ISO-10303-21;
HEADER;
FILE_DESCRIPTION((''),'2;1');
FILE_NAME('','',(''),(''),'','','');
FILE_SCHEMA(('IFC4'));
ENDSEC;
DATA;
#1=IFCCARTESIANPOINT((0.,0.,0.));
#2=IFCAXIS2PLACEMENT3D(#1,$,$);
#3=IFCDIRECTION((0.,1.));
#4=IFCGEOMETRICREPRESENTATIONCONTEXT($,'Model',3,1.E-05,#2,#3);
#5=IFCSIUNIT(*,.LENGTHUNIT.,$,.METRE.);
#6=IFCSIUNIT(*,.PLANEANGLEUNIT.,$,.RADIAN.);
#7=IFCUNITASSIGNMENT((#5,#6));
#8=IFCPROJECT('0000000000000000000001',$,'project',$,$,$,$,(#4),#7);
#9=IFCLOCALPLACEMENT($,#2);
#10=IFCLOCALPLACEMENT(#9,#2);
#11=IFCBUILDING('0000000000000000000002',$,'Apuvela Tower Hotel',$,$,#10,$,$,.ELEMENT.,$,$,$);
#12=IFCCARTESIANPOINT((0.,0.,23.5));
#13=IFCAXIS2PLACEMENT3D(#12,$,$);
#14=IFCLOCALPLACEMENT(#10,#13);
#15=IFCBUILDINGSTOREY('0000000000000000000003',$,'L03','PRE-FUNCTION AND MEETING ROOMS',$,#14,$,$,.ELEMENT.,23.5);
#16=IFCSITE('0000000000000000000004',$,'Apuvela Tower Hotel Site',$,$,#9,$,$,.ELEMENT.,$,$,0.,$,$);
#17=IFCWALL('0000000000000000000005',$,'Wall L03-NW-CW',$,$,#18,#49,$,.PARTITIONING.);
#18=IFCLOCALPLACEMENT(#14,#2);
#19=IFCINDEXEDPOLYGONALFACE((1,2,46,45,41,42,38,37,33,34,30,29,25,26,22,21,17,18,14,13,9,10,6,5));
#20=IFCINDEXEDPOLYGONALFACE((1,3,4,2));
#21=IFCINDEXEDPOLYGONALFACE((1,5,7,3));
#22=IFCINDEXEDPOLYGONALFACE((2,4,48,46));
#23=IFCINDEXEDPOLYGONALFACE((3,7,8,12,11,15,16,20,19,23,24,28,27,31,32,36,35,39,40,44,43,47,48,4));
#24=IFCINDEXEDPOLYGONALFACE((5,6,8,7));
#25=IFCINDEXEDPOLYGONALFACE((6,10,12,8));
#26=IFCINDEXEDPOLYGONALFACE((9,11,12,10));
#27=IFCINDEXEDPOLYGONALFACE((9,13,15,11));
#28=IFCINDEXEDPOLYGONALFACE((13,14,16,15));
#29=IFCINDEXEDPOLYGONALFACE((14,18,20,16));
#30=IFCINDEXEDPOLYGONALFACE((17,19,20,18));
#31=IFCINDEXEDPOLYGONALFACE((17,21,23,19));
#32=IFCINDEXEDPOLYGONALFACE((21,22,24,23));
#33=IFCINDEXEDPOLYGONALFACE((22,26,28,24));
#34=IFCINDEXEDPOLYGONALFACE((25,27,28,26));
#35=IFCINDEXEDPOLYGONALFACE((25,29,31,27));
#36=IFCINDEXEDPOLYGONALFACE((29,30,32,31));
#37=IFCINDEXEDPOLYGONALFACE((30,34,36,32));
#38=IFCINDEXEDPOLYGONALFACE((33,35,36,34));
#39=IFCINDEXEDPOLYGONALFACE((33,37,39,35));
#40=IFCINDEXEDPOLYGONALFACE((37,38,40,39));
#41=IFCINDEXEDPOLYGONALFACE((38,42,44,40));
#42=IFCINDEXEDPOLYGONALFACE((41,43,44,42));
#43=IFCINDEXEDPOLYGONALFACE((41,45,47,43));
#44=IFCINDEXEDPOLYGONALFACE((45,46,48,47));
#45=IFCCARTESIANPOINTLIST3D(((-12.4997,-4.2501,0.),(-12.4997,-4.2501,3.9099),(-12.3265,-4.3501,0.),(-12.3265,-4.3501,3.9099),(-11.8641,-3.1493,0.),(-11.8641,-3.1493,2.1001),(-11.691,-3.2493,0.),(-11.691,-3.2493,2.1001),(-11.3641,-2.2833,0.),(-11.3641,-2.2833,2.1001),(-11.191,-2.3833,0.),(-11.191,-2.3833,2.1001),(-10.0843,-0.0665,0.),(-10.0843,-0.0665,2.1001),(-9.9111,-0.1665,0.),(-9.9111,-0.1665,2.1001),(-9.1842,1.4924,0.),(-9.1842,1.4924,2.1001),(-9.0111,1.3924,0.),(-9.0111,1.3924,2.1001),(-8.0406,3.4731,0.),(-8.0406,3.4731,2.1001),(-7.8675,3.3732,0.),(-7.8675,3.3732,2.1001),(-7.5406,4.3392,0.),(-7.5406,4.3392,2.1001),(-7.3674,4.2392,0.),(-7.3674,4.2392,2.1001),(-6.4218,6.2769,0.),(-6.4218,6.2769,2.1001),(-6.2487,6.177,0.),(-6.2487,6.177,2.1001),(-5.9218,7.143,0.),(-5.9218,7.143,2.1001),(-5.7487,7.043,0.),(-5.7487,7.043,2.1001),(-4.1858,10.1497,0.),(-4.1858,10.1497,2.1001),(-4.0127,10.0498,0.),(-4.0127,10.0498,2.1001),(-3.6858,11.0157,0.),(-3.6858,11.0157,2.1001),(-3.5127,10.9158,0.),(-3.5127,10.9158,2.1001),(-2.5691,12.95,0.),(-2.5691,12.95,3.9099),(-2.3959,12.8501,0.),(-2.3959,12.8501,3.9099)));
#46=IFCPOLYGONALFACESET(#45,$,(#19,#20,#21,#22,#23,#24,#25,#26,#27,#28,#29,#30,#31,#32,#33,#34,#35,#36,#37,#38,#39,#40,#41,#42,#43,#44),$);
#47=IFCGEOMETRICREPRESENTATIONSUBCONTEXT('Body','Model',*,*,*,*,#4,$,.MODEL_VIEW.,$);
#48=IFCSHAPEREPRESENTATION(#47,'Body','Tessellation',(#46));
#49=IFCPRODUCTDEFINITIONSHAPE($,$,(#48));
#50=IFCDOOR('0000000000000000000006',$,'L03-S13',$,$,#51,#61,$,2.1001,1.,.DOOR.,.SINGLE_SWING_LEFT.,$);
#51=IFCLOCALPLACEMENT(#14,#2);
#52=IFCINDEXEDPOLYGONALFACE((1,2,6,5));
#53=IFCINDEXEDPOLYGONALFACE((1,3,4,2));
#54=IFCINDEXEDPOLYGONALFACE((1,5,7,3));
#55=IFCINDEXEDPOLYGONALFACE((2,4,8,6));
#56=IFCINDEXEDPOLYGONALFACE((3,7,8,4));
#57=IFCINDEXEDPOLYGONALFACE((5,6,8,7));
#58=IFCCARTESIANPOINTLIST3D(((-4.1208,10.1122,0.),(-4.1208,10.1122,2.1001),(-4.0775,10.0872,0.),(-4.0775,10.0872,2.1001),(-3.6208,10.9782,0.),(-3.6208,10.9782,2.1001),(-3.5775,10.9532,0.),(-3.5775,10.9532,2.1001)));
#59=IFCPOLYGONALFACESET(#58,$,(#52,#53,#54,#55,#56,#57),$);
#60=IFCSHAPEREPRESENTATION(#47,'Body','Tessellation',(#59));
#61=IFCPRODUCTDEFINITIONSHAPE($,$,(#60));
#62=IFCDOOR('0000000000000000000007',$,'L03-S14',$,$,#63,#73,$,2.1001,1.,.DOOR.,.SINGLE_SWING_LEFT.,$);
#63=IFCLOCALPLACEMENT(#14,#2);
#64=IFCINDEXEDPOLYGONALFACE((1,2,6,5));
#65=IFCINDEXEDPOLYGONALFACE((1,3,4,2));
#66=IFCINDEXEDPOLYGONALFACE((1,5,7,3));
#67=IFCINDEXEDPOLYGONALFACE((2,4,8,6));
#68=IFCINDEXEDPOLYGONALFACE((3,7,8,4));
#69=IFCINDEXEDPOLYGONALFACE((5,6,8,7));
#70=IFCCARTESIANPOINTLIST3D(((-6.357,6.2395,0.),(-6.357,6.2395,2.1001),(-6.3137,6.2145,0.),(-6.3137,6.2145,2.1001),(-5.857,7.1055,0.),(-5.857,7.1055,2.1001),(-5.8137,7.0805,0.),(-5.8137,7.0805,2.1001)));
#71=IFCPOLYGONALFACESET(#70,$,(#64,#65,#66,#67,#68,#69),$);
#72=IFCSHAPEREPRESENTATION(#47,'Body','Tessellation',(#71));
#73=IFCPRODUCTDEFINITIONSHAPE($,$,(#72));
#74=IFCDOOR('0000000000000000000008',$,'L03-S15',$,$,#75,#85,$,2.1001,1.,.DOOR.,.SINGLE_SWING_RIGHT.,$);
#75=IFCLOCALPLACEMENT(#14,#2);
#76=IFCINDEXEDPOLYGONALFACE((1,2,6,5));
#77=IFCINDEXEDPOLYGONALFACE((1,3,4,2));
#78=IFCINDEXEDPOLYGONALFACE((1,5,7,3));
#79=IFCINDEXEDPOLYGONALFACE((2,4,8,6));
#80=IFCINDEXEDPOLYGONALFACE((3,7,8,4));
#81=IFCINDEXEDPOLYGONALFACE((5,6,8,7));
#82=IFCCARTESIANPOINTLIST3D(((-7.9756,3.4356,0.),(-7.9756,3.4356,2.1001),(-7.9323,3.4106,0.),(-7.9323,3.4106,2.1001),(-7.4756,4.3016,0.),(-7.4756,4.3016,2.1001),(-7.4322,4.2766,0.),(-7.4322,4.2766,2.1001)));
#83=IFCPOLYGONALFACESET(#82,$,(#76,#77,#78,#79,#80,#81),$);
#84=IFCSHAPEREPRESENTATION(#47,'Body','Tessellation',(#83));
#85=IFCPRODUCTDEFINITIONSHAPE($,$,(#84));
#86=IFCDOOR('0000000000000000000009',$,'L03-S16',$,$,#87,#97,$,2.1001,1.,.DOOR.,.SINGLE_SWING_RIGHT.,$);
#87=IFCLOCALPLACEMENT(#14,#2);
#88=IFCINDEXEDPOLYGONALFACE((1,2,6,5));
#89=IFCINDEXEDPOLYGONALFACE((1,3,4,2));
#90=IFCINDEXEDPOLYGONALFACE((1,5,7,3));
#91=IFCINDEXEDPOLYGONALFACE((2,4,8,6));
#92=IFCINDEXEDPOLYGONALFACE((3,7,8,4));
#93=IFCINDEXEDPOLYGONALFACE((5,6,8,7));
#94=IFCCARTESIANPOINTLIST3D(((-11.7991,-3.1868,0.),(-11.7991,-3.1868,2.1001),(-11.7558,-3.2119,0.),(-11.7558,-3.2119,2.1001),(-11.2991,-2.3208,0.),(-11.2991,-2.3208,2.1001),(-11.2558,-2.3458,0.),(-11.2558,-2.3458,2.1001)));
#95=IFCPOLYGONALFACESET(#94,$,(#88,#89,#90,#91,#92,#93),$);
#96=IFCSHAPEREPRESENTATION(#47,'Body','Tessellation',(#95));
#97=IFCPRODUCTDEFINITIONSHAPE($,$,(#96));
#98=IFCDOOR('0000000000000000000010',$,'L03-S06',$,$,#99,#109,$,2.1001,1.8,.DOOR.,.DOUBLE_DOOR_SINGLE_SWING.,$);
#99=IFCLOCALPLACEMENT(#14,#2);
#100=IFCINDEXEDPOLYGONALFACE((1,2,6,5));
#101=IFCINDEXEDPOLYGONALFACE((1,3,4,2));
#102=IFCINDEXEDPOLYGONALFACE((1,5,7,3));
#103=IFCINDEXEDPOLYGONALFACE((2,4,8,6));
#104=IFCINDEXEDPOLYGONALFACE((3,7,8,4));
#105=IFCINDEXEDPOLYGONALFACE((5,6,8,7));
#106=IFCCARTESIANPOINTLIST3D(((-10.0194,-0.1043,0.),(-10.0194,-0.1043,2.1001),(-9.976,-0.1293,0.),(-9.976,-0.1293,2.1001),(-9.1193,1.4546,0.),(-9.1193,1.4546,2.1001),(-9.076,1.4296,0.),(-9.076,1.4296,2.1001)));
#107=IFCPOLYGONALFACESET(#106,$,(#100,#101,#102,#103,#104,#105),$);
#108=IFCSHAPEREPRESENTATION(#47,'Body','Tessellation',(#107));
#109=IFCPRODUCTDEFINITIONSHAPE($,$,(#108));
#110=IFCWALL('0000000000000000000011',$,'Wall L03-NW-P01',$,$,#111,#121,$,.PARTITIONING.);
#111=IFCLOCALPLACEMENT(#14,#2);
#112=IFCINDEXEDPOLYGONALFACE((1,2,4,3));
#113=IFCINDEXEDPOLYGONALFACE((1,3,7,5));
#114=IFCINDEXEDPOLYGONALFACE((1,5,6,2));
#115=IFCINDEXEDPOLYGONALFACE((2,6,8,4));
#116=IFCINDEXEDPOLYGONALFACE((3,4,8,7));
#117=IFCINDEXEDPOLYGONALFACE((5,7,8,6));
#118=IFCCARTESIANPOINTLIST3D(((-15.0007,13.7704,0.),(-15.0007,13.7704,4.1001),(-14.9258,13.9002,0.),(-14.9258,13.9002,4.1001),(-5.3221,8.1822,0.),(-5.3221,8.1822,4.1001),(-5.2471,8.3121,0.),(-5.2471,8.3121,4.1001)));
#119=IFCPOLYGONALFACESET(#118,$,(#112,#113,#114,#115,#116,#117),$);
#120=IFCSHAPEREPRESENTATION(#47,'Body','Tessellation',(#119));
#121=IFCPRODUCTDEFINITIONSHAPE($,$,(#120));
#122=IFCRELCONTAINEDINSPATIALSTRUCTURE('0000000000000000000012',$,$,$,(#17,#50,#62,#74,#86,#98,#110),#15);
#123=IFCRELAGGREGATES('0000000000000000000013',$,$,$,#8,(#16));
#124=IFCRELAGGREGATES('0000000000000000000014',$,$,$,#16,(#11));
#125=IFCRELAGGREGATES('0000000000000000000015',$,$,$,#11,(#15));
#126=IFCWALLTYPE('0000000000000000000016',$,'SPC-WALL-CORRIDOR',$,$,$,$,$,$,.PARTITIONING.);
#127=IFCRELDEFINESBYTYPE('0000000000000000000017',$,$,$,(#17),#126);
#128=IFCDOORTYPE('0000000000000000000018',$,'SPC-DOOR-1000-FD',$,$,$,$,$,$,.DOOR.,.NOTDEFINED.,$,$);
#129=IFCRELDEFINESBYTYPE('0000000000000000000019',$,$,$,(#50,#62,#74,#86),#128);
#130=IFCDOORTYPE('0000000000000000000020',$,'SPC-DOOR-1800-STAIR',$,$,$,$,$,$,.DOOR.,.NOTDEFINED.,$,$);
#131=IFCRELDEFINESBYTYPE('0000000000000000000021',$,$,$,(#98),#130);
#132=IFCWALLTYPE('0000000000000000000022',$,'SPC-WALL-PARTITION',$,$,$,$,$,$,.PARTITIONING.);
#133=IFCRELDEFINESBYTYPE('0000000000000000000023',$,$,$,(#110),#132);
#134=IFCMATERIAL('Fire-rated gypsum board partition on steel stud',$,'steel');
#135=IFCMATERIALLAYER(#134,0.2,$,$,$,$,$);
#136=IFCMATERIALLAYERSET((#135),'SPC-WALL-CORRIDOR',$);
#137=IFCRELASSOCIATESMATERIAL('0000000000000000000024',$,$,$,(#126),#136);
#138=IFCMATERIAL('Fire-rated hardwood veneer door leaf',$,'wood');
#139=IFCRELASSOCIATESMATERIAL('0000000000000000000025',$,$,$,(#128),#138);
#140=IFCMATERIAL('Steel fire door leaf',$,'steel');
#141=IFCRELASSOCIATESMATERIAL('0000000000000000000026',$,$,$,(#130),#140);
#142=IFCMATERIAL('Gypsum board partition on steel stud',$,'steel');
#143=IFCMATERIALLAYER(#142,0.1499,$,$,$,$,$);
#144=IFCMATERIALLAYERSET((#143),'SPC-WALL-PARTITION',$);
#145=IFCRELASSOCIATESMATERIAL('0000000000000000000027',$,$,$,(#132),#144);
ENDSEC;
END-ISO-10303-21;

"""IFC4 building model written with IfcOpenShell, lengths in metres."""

from ifc_helpers import new_model, si_unit, direction, frame, frame_2d, origin, place, context, subcontext, project, spatial, rectangle, extrude, material, layer, layer_set, type_object, element, fill, save


model = new_model("IFC4")

# Units and contexts
model_context = context("Model", 3, precision=1e-05, world=origin(), true_north=direction((0.0, 1.0)))
body_context = subcontext(model_context, "Body", "Model", "MODEL_VIEW")
ifc_project = project(units=[si_unit("LENGTHUNIT", "METRE"), si_unit("PLANEANGLEUNIT", "RADIAN")], contexts=[model_context])

# Site, building, storey
site_placement = place(None, origin())
site = spatial("IfcSite", under=ifc_project, at=site_placement, Name="Apuvela Tower Hotel Site", CompositionType="ELEMENT", RefElevation=0.0)
building_placement = place(site_placement, origin())
building = spatial("IfcBuilding", under=site, at=building_placement, Name="Apuvela Tower Hotel", CompositionType="ELEMENT")
storey_placement = place(building_placement, frame((0.0, 0.0, 23.5)))
storey = spatial("IfcBuildingStorey", under=building, at=storey_placement, Name="L03", Description="PRE-FUNCTION AND MEETING ROOMS", CompositionType="ELEMENT", Elevation=23.5)

# Wall, openings, doors
ifc_material_1 = material(Name="Fire-rated gypsum board partition on steel stud", Category="steel")
ifc_layer_1 = layer(ifc_material_1, 0.2)
ifc_layer_set_1 = layer_set([ifc_layer_1], Name="SPC-WALL-CORRIDOR")
wall_type_1 = type_object("IfcWallType", Name="SPC-WALL-CORRIDOR", PredefinedType="PARTITIONING", material=ifc_layer_set_1)
wall_1_placement = place(storey_placement, frame((-2.4824, 12.9001, 0.0), z_axis=(0.0, 0.0, 1.0), x_axis=(-0.500005, -0.866023, 0.0)))
wall_1 = element("IfcWall", 1, at=wall_1_placement, inside=storey, type_object=wall_type_1, Name="Wall L03-NW-CW", PredefinedType="PARTITIONING", context=body_context, shape_type="SweptSolid", body=[
    extrude(rectangle(XDim=19.8611, YDim=0.2, at=frame_2d((9.9307, 0.0))), origin(), (0.0, 0.0, 1.0), 3.9099),
])
opening_1_placement = place(wall_1_placement, frame((13.2305, 0.0, 0.0)))
opening_1 = element("IfcOpeningElement", 2, at=opening_1_placement, cuts=wall_1, PredefinedType="OPENING", context=body_context, shape_type="SweptSolid", body=[
    extrude(rectangle(XDim=1.8, YDim=2.1001, at=frame_2d((0.8999, 1.05))), frame((0.0, 0.1099, 0.0), z_axis=(0.0, -1.0, 0.0), x_axis=(1.0, 0.0, 0.0)), (0.0, 0.0, 1.0), 0.22),
])
opening_2_placement = place(wall_1_placement, frame((2.2336, 0.0, 0.0)))
opening_2 = element("IfcOpeningElement", 3, at=opening_2_placement, cuts=wall_1, PredefinedType="OPENING", context=body_context, shape_type="SweptSolid", body=[
    extrude(rectangle(XDim=1.0, YDim=2.1001, at=frame_2d((0.5, 1.05))), frame((0.0, 0.1099, 0.0), z_axis=(0.0, -1.0, 0.0), x_axis=(1.0, 0.0, 0.0)), (0.0, 0.0, 1.0), 0.22),
])
opening_3_placement = place(wall_1_placement, frame((6.7056, 0.0, 0.0)))
opening_3 = element("IfcOpeningElement", 4, at=opening_3_placement, cuts=wall_1, PredefinedType="OPENING", context=body_context, shape_type="SweptSolid", body=[
    extrude(rectangle(XDim=1.0, YDim=2.1001, at=frame_2d((0.5, 1.05))), frame((0.0, 0.1099, 0.0), z_axis=(0.0, -1.0, 0.0), x_axis=(1.0, 0.0, 0.0)), (0.0, 0.0, 1.0), 0.22),
])
opening_4_placement = place(wall_1_placement, frame((9.9431, 0.0, 0.0)))
opening_4 = element("IfcOpeningElement", 5, at=opening_4_placement, cuts=wall_1, PredefinedType="OPENING", context=body_context, shape_type="SweptSolid", body=[
    extrude(rectangle(XDim=1.0, YDim=2.1001, at=frame_2d((0.5, 1.05))), frame((0.0, 0.1099, 0.0), z_axis=(0.0, -1.0, 0.0), x_axis=(1.0, 0.0, 0.0)), (0.0, 0.0, 1.0), 0.22),
])
opening_5_placement = place(wall_1_placement, frame((17.5901, 0.0, 0.0)))
opening_5 = element("IfcOpeningElement", 6, at=opening_5_placement, cuts=wall_1, PredefinedType="OPENING", context=body_context, shape_type="SweptSolid", body=[
    extrude(rectangle(XDim=1.0, YDim=2.1001, at=frame_2d((0.5, 1.05))), frame((0.0, 0.1099, 0.0), z_axis=(0.0, -1.0, 0.0), x_axis=(1.0, 0.0, 0.0)), (0.0, 0.0, 1.0), 0.22),
])
ifc_material_2 = material(Name="Fire-rated hardwood veneer door leaf", Category="wood")
door_type_1 = type_object("IfcDoorType", Name="SPC-DOOR-1000-FD", OperationType="NOTDEFINED", PredefinedType="DOOR", material=ifc_material_2)
door_1_placement = place(opening_2_placement, frame((1.0, 0.0, 0.0), z_axis=(0.0, 0.0, 1.0), x_axis=(-1.0, 0.0, 0.0)))
door_1 = element("IfcDoor", 7, at=door_1_placement, inside=storey, type_object=door_type_1, Name="L03-S13", OperationType="SINGLE_SWING_LEFT", OverallHeight=2.1001, OverallWidth=1.0, PredefinedType="DOOR", context=body_context, shape_type="SweptSolid", body=[
    extrude(rectangle(XDim=1.0, YDim=2.1001, at=frame_2d((0.5, 1.05))), frame((0.0, 0.0249, 0.0), z_axis=(0.0, -1.0, 0.0), x_axis=(1.0, 0.0, 0.0)), (0.0, 0.0, 1.0), 0.05),
])
fill(opening_2, door_1)
door_2_placement = place(opening_3_placement, origin())
door_2 = element("IfcDoor", 8, at=door_2_placement, inside=storey, type_object=door_type_1, Name="L03-S14", OperationType="SINGLE_SWING_LEFT", OverallHeight=2.1001, OverallWidth=1.0, PredefinedType="DOOR", context=body_context, shape_type="SweptSolid", body=[
    extrude(rectangle(XDim=1.0, YDim=2.1001, at=frame_2d((0.5, 1.05))), frame((0.0, 0.0249, 0.0), z_axis=(0.0, -1.0, 0.0), x_axis=(1.0, 0.0, 0.0)), (0.0, 0.0, 1.0), 0.05),
])
fill(opening_3, door_2)
door_3_placement = place(opening_4_placement, frame((1.0, 0.0, 0.0), z_axis=(0.0, 0.0, 1.0), x_axis=(-1.0, 0.0, 0.0)))
door_3 = element("IfcDoor", 9, at=door_3_placement, inside=storey, type_object=door_type_1, Name="L03-S15", OperationType="SINGLE_SWING_RIGHT", OverallHeight=2.1001, OverallWidth=1.0, PredefinedType="DOOR", context=body_context, shape_type="SweptSolid", body=[
    extrude(rectangle(XDim=1.0, YDim=2.1001, at=frame_2d((0.5, 1.05))), frame((0.0, 0.0249, 0.0), z_axis=(0.0, -1.0, 0.0), x_axis=(1.0, 0.0, 0.0)), (0.0, 0.0, 1.0), 0.05),
])
fill(opening_4, door_3)
door_4_placement = place(opening_5_placement, frame((1.0, 0.0, 0.0), z_axis=(0.0, 0.0, 1.0), x_axis=(-1.0, 0.0, 0.0)))
door_4 = element("IfcDoor", 10, at=door_4_placement, inside=storey, type_object=door_type_1, Name="L03-S16", OperationType="SINGLE_SWING_RIGHT", OverallHeight=2.1001, OverallWidth=1.0, PredefinedType="DOOR", context=body_context, shape_type="SweptSolid", body=[
    extrude(rectangle(XDim=1.0, YDim=2.1001, at=frame_2d((0.5, 1.05))), frame((0.0, 0.0249, 0.0), z_axis=(0.0, -1.0, 0.0), x_axis=(1.0, 0.0, 0.0)), (0.0, 0.0, 1.0), 0.05),
])
fill(opening_5, door_4)
ifc_material_3 = material(Name="Steel fire door leaf", Category="steel")
door_type_2 = type_object("IfcDoorType", Name="SPC-DOOR-1800-STAIR", OperationType="NOTDEFINED", PredefinedType="DOOR", material=ifc_material_3)
door_5_placement = place(opening_1_placement, frame((1.8, 0.0, 0.0), z_axis=(0.0, 0.0, 1.0), x_axis=(-1.0, 0.0, 0.0)))
door_5 = element("IfcDoor", 11, at=door_5_placement, inside=storey, type_object=door_type_2, Name="L03-S06", OperationType="DOUBLE_DOOR_SINGLE_SWING", OverallHeight=2.1001, OverallWidth=1.8, PredefinedType="DOOR", context=body_context, shape_type="SweptSolid", body=[
    extrude(rectangle(XDim=1.8, YDim=2.1001, at=frame_2d((0.8999, 1.05))), frame((0.0, 0.0249, 0.0), z_axis=(0.0, -1.0, 0.0), x_axis=(1.0, 0.0, 0.0)), (0.0, 0.0, 1.0), 0.05),
])
fill(opening_1, door_5)

# Wall
ifc_material_4 = material(Name="Gypsum board partition on steel stud", Category="steel")
ifc_layer_2 = layer(ifc_material_4, 0.1499)
ifc_layer_set_2 = layer_set([ifc_layer_2], Name="SPC-WALL-PARTITION")
wall_type_2 = type_object("IfcWallType", Name="SPC-WALL-PARTITION", PredefinedType="PARTITIONING", material=ifc_layer_set_2)
wall_2_placement = place(storey_placement, frame((-14.9631, 13.8352, 0.0), z_axis=(0.0, 0.0, 1.0), x_axis=(0.86602, -0.500009, 0.0)))
element("IfcWall", 12, at=wall_2_placement, inside=storey, type_object=wall_type_2, Name="Wall L03-NW-P01", PredefinedType="PARTITIONING", context=body_context, shape_type="SweptSolid", body=[
    extrude(rectangle(XDim=11.176, YDim=0.1499, at=frame_2d((5.5879, 0.0))), origin(), (0.0, 0.0, 1.0), 4.1001),
])

save(model, "model.ifc")
